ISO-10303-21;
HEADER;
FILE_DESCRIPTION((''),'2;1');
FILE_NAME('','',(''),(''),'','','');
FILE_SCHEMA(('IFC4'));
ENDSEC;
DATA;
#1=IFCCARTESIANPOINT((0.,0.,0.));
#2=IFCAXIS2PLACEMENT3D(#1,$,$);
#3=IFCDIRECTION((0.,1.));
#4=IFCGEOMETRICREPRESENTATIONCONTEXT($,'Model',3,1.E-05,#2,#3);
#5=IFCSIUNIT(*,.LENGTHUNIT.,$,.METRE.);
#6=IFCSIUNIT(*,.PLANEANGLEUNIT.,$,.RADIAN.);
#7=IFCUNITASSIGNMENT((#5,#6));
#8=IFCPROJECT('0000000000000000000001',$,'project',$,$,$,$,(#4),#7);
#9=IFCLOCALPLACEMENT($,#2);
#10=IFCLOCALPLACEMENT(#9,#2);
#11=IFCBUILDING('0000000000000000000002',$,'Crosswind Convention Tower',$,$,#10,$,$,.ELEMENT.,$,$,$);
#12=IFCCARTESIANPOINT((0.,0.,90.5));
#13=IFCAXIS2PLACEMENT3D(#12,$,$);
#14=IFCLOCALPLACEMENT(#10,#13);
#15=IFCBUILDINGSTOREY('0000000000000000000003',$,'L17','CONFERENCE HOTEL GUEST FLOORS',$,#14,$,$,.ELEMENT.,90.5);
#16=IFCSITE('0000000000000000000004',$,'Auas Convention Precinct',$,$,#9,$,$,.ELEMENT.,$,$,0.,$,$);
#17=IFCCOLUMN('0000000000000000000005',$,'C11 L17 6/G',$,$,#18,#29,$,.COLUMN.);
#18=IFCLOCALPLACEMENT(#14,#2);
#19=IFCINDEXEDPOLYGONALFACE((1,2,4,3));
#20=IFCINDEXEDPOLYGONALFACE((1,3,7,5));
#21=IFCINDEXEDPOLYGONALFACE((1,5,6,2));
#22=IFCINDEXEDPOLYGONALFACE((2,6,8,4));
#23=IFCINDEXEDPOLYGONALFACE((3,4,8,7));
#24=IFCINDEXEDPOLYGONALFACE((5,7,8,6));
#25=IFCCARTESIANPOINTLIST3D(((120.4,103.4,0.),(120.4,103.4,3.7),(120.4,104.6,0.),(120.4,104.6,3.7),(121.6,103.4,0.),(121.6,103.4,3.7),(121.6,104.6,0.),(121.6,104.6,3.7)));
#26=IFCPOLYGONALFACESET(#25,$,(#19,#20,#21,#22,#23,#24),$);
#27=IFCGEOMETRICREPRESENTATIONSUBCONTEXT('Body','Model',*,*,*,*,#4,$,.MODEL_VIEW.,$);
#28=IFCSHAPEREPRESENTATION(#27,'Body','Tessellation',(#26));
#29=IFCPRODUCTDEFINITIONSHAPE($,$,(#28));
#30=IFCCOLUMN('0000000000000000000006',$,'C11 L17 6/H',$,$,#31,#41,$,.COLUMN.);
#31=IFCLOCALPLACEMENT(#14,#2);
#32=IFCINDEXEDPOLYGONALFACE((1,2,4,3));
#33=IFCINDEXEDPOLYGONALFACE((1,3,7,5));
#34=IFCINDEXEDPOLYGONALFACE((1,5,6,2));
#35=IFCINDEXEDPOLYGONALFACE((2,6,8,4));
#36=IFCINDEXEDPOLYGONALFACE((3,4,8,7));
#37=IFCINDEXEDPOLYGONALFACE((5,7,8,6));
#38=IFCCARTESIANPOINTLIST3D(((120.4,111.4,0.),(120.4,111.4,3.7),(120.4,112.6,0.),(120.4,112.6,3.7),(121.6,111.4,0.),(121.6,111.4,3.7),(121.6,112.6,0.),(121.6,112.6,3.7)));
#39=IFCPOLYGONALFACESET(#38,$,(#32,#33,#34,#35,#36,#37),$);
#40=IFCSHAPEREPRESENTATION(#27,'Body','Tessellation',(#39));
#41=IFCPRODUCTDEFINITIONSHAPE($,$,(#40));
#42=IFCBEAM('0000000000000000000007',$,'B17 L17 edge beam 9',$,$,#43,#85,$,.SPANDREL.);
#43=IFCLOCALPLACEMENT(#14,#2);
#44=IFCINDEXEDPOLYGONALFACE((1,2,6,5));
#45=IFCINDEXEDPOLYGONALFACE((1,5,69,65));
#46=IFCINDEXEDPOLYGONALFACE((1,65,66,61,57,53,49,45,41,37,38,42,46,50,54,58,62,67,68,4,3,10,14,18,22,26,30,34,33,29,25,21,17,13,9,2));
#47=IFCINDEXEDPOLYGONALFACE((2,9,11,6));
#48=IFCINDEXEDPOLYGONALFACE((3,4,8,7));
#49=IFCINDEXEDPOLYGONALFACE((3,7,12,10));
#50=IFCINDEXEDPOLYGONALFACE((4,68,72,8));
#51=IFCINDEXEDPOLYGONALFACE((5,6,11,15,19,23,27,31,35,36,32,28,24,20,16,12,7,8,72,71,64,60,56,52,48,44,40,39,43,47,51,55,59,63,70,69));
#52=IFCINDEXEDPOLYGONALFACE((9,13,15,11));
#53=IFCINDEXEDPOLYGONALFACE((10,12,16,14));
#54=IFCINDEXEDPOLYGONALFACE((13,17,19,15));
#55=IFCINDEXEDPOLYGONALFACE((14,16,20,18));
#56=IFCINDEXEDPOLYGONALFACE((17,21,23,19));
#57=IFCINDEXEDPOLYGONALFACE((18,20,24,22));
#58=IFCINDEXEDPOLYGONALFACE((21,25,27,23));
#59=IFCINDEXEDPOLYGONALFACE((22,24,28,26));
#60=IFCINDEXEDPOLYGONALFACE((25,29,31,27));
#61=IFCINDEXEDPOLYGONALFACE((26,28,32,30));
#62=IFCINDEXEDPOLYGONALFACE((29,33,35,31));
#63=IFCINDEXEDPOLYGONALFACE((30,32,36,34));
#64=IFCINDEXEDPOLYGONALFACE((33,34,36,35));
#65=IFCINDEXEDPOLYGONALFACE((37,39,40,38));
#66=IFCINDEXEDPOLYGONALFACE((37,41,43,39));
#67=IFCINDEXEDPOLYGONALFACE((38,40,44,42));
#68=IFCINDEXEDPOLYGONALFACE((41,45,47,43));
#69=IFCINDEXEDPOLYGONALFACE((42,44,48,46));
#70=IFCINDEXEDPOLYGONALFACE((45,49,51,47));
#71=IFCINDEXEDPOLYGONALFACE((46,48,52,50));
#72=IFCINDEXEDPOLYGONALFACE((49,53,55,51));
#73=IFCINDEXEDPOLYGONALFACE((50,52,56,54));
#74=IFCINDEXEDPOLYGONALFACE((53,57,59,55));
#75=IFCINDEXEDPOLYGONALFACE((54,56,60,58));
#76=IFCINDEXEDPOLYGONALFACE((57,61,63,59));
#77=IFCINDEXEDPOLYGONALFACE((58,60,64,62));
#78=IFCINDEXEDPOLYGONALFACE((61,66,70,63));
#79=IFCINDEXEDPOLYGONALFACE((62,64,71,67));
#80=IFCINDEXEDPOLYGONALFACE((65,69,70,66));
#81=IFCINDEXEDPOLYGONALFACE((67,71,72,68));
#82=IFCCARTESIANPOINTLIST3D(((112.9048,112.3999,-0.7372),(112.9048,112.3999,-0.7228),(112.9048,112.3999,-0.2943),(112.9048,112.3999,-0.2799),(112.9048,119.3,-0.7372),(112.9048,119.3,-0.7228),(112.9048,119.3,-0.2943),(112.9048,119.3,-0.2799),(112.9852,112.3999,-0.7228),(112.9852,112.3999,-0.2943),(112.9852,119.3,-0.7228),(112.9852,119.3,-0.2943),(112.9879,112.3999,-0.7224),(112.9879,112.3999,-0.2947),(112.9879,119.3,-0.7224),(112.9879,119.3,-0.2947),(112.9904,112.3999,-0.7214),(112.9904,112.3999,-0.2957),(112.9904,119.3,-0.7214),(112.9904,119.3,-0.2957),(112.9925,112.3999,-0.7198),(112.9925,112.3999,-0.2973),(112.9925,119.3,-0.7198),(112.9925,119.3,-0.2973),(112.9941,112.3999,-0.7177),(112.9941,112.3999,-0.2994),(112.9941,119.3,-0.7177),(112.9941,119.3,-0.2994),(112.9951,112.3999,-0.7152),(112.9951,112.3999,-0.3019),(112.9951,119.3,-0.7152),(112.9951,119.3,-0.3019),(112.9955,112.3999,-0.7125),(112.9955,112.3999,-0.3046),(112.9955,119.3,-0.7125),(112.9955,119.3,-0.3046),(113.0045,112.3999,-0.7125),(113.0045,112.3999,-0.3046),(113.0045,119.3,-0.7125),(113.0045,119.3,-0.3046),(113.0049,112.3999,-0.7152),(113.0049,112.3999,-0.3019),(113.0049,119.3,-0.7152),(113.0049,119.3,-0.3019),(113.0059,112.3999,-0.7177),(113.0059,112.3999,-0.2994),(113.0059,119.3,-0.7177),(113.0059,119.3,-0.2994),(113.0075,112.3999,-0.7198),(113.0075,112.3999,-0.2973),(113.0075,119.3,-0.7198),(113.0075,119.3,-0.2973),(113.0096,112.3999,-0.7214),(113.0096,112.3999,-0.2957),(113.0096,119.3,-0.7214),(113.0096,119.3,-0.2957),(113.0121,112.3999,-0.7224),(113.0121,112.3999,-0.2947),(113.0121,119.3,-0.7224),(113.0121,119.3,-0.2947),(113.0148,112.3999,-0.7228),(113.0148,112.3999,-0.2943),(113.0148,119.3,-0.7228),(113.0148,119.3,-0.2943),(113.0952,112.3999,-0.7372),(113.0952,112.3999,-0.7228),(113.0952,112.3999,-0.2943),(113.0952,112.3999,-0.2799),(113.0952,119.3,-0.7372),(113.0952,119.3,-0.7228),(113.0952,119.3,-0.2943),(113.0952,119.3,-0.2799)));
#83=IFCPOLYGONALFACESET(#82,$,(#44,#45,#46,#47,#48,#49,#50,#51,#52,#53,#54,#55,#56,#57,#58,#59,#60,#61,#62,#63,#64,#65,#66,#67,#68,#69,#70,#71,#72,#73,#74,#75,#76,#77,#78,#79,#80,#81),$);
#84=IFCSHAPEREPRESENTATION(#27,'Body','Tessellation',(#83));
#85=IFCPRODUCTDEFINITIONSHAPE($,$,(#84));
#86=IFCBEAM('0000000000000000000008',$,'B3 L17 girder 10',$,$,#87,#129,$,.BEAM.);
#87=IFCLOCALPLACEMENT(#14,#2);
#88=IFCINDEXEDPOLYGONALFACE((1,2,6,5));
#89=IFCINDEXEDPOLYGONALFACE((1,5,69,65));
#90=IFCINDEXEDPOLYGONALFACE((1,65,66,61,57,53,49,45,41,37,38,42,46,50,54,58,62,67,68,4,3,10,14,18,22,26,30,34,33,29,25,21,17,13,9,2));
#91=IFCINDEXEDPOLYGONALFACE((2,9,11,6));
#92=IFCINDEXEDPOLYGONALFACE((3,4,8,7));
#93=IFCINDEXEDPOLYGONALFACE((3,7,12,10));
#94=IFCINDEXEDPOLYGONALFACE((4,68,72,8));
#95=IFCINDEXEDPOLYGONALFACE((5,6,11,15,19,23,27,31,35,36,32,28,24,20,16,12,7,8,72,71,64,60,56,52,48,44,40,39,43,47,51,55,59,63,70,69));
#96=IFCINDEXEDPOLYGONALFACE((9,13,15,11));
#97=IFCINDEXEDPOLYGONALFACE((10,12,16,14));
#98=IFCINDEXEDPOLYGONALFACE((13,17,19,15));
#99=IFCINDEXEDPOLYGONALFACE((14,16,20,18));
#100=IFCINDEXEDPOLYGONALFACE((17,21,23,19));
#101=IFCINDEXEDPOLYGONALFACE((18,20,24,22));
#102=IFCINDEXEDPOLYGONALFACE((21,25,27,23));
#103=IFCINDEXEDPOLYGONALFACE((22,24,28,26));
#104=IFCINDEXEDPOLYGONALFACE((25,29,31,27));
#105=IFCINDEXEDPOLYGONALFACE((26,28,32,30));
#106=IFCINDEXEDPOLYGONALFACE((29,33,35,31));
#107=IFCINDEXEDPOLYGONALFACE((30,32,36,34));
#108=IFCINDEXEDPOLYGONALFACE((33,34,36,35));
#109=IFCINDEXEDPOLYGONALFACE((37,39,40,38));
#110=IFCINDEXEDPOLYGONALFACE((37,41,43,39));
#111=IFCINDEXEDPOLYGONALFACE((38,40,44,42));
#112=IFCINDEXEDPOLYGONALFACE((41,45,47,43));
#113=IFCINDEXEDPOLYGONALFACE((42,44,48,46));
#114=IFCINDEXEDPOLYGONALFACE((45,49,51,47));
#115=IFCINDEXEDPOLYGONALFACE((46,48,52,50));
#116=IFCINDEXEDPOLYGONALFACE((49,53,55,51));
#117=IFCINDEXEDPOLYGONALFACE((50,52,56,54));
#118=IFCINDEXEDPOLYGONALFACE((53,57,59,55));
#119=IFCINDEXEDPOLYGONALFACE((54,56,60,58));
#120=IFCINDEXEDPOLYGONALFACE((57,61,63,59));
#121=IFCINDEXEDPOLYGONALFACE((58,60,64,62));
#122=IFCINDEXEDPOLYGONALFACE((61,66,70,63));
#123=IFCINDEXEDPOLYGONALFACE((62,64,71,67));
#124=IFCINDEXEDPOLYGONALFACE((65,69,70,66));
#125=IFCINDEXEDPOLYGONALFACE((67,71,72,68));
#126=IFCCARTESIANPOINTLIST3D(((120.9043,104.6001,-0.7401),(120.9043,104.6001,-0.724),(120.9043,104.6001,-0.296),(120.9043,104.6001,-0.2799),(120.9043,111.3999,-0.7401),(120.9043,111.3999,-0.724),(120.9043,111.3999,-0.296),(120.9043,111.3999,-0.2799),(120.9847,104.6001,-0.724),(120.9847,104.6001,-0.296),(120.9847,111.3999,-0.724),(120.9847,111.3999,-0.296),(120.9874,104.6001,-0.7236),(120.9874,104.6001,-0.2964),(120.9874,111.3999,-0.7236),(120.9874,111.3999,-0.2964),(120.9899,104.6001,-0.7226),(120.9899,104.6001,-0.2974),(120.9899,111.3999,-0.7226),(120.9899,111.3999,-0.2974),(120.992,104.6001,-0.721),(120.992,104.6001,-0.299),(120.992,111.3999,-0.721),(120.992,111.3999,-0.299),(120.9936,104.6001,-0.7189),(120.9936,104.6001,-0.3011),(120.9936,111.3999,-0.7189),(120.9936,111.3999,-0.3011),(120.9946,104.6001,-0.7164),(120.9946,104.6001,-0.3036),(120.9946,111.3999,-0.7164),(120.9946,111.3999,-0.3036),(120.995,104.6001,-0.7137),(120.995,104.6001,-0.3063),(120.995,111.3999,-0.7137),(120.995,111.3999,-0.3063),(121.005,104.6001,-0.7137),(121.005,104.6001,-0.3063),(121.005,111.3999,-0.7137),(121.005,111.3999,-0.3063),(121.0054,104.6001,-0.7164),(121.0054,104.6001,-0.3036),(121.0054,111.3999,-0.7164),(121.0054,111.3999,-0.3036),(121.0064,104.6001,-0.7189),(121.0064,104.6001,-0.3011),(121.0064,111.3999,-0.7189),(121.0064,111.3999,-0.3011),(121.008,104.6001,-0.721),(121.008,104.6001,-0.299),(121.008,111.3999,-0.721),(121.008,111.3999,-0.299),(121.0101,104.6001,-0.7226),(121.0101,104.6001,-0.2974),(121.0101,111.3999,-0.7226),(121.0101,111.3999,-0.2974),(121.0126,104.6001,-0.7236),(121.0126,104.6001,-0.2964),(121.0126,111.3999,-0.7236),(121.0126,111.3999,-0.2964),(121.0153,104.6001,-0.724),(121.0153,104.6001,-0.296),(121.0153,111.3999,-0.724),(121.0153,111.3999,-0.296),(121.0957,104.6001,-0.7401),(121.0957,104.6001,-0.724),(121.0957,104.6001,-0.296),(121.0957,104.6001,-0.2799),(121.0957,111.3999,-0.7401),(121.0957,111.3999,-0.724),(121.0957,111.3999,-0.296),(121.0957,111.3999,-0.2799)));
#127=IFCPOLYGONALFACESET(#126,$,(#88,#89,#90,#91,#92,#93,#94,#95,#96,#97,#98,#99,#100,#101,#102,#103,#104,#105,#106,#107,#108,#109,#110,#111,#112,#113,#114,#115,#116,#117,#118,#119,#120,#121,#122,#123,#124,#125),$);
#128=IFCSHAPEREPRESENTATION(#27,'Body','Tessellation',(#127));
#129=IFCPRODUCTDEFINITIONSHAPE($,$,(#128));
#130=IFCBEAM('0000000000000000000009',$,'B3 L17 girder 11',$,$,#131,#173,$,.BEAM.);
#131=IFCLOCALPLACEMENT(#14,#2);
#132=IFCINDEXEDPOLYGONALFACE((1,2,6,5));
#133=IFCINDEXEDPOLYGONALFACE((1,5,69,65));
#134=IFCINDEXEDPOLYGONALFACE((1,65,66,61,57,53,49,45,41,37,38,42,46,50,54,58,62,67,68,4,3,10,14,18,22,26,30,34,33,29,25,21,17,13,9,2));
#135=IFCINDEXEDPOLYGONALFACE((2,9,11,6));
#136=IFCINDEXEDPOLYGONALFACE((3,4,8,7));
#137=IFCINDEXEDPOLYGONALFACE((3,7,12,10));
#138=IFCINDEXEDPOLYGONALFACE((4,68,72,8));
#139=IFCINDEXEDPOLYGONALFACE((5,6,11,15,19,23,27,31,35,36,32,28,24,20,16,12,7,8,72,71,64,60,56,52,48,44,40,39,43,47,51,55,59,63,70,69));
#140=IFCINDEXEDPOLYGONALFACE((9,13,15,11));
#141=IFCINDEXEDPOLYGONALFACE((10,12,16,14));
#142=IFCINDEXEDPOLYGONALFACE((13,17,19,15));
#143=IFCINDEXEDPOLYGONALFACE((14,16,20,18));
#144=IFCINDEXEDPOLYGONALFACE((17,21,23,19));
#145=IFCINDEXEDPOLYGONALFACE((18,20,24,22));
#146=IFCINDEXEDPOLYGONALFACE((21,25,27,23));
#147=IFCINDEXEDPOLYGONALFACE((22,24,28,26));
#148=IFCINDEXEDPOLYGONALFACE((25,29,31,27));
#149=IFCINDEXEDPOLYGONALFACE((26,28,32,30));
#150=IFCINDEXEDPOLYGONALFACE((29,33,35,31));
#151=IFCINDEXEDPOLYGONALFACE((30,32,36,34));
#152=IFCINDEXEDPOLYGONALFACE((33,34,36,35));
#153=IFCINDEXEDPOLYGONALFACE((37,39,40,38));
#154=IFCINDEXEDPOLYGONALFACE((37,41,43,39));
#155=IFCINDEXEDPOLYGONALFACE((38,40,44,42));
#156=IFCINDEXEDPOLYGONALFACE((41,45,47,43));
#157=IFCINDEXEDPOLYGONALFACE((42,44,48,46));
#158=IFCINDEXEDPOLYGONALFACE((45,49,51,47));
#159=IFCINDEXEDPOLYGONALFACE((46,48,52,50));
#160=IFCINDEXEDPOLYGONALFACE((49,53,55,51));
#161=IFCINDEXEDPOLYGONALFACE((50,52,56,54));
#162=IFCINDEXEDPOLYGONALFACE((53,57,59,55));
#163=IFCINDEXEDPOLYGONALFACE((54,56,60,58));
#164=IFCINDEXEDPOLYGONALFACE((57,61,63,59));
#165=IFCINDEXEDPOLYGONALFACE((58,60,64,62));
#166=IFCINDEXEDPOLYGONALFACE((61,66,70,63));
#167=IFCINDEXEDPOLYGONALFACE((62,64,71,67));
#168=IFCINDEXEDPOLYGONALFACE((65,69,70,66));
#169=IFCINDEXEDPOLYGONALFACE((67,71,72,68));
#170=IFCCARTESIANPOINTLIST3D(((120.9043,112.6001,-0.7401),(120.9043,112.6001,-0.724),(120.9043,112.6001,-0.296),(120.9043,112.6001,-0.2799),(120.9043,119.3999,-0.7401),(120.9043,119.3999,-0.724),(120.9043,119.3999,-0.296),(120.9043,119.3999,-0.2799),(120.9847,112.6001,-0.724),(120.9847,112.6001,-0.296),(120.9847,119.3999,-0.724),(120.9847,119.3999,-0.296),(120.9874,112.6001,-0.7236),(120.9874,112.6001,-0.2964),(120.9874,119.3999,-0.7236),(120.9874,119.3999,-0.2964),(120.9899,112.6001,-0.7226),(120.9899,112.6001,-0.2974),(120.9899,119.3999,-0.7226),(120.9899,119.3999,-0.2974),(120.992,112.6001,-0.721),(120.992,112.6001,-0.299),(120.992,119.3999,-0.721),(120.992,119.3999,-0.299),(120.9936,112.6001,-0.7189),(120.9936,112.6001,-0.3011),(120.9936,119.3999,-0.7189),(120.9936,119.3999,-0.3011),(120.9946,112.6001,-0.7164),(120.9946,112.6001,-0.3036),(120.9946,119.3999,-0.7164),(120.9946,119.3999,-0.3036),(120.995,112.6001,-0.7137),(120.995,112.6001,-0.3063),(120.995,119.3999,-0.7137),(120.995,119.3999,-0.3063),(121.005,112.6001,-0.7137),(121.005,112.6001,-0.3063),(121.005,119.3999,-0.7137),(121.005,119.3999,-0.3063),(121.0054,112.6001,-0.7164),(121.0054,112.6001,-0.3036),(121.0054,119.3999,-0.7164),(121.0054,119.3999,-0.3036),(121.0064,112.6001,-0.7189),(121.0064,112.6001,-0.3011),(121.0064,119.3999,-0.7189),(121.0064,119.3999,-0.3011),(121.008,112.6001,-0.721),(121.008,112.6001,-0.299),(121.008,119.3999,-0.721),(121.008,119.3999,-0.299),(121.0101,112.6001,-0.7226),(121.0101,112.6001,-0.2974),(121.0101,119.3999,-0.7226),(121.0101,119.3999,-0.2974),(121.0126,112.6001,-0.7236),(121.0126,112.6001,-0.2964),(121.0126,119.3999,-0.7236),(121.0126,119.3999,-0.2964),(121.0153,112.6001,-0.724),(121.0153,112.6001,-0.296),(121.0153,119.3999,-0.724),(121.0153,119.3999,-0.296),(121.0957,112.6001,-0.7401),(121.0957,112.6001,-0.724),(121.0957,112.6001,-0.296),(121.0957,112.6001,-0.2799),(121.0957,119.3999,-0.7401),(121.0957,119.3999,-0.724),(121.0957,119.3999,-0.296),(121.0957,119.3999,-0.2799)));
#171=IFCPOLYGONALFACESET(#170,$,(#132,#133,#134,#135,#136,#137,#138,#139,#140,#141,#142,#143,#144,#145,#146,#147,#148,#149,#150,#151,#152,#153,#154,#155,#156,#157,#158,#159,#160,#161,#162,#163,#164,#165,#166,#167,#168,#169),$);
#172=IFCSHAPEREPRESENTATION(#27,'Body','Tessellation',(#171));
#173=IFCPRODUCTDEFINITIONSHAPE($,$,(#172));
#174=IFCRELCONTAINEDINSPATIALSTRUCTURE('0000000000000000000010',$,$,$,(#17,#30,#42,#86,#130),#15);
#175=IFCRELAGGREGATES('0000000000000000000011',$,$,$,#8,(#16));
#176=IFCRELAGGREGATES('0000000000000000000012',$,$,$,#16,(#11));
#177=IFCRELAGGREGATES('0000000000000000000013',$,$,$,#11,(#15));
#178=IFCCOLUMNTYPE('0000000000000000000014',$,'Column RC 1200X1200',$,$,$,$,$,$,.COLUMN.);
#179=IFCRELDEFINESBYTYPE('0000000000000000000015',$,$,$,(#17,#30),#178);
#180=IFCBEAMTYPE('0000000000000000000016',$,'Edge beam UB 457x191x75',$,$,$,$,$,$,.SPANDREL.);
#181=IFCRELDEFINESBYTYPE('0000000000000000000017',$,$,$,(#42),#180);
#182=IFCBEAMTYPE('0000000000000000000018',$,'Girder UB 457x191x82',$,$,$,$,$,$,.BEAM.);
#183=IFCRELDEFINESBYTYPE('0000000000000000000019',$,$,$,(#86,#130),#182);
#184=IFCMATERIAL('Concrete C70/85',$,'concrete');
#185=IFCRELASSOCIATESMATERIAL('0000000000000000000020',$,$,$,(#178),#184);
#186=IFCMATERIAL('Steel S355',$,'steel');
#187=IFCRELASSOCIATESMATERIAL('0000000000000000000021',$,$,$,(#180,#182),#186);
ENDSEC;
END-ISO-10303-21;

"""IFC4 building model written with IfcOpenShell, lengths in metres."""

from ifc_helpers import new_model, si_unit, direction, frame, origin, origin_2d, place, context, subcontext, project, spatial, rectangle, i_section, extrude, material, material_profile, profile_set, type_object, element, save


model = new_model("IFC4")

# Units and contexts
model_context = context("Model", 3, precision=1e-05, world=origin(), true_north=direction((0.0, 1.0)))
body_context = subcontext(model_context, "Body", "Model", "MODEL_VIEW")
ifc_project = project(units=[si_unit("LENGTHUNIT", "METRE"), si_unit("PLANEANGLEUNIT", "RADIAN")], contexts=[model_context])

# Site, building, storey
site_placement = place(None, origin())
site = spatial("IfcSite", under=ifc_project, at=site_placement, Name="Auas Convention Precinct", CompositionType="ELEMENT", RefElevation=0.0)
building_placement = place(site_placement, origin())
building = spatial("IfcBuilding", under=site, at=building_placement, Name="Crosswind Convention Tower", CompositionType="ELEMENT")
storey_placement = place(building_placement, frame((0.0, 0.0, 90.5)))
storey = spatial("IfcBuildingStorey", under=building, at=storey_placement, Name="L17", Description="CONFERENCE HOTEL GUEST FLOORS", CompositionType="ELEMENT", Elevation=90.5)

# Columns
ifc_material_1 = material(Name="Concrete C70/85", Category="concrete")
ifc_material_profile_1 = material_profile(ifc_material_1, rectangle(XDim=1.2, YDim=1.2, at=origin_2d()), Name="RC 1200X1200")
ifc_profile_set_1 = profile_set([ifc_material_profile_1], Name="Concrete C70/85")
column_type = type_object("IfcColumnType", Name="Column RC 1200X1200", PredefinedType="COLUMN", material=ifc_profile_set_1)
for number, where, z_axis, x_axis, name in (
    (1, (121.0, 104.0, 0.0), (0.0, 0.0, 1.0), (1.0, 0.0, 0.0), "C11 L17 6/G"),
    (2, (121.0, 112.0, 0.0), (0.0, 0.0, 1.0), (1.0, 0.0, 0.0), "C11 L17 6/H"),
):
    element("IfcColumn", number, at=place(storey_placement, frame(where, z_axis=z_axis, x_axis=x_axis)), inside=storey, type_object=column_type, Name=name, PredefinedType="COLUMN", context=body_context, shape_type="SweptSolid", body=[
        extrude(rectangle(XDim=1.2, YDim=1.2, at=origin_2d()), origin(), (0.0, 0.0, 1.0), 3.7),
    ])

# Beams
ifc_material_2 = material(Name="Steel S355", Category="steel")
ifc_material_profile_2 = material_profile(ifc_material_2, i_section(OverallWidth=0.1904, OverallDepth=0.4573, WebThickness=0.009, FlangeThickness=0.0144, FilletRadius=0.0103, at=origin_2d()), Name="UB 457x191x75")
ifc_profile_set_2 = profile_set([ifc_material_profile_2], Name="Steel S355")
beam_type_1 = type_object("IfcBeamType", Name="Edge beam UB 457x191x75", PredefinedType="SPANDREL", material=ifc_profile_set_2)
beam_1_placement = place(storey_placement, frame((113.0, 112.3999, -0.5085), z_axis=(0.0, 1.0, 0.0), x_axis=(-1.0, 0.0, 0.0)))
element("IfcBeam", 3, at=beam_1_placement, inside=storey, type_object=beam_type_1, Name="B17 L17 edge beam 9", PredefinedType="SPANDREL", context=body_context, shape_type="SweptSolid", body=[
    extrude(i_section(OverallWidth=0.1904, OverallDepth=0.4573, WebThickness=0.009, FlangeThickness=0.0144, FilletRadius=0.0103, at=origin_2d()), origin(), (0.0, 0.0, 1.0), 6.9001),
])
ifc_material_profile_3 = material_profile(ifc_material_2, i_section(OverallWidth=0.1914, OverallDepth=0.4602, WebThickness=0.01, FlangeThickness=0.0161, FilletRadius=0.0103, at=origin_2d()), Name="UB 457x191x82")
ifc_profile_set_3 = profile_set([ifc_material_profile_3], Name="Steel S355")
beam_type_2 = type_object("IfcBeamType", Name="Girder UB 457x191x82", PredefinedType="BEAM", material=ifc_profile_set_3)
for number, where, z_axis, x_axis, name in (
    (4, (121.0, 104.6001, -0.51), (0.0, 1.0, 0.0), (-1.0, 0.0, 0.0), "B3 L17 girder 10"),
    (5, (121.0, 112.6001, -0.51), (0.0, 1.0, 0.0), (-1.0, 0.0, 0.0), "B3 L17 girder 11"),
):
    element("IfcBeam", number, at=place(storey_placement, frame(where, z_axis=z_axis, x_axis=x_axis)), inside=storey, type_object=beam_type_2, Name=name, PredefinedType="BEAM", context=body_context, shape_type="SweptSolid", body=[
        extrude(i_section(OverallWidth=0.1914, OverallDepth=0.4602, WebThickness=0.01, FlangeThickness=0.0161, FilletRadius=0.0103, at=origin_2d()), origin(), (0.0, 0.0, 1.0), 6.7998),
    ])

save(model, "model.ifc")
